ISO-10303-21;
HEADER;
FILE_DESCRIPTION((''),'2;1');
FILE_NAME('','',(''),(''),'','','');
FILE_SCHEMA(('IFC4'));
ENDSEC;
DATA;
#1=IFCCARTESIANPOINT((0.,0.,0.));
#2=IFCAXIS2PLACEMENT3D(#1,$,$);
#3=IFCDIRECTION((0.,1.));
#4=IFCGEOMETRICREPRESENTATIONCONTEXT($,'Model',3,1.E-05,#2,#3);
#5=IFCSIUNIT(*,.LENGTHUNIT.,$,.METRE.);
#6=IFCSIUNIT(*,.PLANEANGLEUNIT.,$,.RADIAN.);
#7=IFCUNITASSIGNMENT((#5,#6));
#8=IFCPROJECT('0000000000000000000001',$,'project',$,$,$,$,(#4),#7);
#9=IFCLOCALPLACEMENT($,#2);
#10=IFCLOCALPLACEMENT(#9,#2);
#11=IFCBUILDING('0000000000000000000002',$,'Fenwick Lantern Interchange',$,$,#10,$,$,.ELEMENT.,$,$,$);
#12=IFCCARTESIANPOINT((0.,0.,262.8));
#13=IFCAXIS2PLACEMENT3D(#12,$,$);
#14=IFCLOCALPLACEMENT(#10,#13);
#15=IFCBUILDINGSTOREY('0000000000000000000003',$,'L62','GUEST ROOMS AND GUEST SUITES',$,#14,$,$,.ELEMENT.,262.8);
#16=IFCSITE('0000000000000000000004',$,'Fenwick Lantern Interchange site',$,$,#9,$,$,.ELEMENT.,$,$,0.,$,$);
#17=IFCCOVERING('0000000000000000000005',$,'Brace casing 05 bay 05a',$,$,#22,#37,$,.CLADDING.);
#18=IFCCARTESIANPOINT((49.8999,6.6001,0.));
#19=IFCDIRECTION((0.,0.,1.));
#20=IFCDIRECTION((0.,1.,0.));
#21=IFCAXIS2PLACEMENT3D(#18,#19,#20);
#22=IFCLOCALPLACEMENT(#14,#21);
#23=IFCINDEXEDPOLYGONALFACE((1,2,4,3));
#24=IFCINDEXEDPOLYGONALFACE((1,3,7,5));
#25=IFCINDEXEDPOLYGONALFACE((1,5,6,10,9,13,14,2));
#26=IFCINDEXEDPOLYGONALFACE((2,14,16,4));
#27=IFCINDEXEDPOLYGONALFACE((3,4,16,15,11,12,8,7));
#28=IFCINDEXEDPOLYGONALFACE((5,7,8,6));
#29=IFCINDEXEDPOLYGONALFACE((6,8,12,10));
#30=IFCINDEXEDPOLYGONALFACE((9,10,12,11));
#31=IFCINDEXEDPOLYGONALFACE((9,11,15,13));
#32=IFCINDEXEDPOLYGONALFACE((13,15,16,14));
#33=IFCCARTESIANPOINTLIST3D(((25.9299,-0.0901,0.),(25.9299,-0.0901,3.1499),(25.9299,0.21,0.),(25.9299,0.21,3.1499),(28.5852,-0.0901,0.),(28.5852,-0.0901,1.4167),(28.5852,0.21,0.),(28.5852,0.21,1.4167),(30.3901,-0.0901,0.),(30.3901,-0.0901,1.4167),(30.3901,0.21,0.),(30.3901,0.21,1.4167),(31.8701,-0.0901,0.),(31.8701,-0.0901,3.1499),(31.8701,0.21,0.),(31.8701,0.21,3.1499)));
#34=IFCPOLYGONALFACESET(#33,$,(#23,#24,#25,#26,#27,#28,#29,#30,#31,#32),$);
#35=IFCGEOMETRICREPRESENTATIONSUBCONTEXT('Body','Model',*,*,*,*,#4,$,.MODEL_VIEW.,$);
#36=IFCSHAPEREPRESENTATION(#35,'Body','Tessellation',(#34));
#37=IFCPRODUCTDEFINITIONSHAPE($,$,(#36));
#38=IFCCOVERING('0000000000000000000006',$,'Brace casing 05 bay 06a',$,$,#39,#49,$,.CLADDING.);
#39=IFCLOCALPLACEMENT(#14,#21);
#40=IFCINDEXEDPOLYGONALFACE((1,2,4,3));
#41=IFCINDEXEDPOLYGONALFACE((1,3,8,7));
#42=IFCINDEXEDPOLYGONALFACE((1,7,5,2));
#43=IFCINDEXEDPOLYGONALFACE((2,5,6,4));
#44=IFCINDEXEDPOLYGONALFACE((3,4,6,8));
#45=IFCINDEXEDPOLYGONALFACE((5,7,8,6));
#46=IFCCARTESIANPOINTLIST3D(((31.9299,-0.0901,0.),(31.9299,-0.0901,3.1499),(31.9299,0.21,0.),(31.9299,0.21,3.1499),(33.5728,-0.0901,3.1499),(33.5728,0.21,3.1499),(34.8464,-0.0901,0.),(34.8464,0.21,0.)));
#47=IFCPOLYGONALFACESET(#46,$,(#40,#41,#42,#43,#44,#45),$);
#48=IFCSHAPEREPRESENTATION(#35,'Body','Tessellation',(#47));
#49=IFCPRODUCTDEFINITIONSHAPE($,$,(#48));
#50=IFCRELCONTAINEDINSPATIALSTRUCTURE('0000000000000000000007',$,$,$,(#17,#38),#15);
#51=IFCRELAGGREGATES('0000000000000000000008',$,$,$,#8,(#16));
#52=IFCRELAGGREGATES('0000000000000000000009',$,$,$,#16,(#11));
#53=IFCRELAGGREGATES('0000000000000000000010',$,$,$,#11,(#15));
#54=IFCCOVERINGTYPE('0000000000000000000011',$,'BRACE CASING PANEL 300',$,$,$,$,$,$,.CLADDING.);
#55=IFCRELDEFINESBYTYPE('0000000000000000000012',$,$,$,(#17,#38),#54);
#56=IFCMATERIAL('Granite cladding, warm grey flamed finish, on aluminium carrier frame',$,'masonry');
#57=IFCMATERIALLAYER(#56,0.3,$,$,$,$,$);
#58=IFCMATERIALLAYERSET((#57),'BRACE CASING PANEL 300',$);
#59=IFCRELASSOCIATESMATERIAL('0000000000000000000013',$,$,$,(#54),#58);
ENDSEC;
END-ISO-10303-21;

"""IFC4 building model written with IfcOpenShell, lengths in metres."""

from ifc_helpers import new_model, si_unit, direction, frame, origin, place, context, subcontext, project, spatial, polyline, outline, extrude, material, layer, layer_set, type_object, element, save


model = new_model("IFC4")

# Units and contexts
model_context = context("Model", 3, precision=1e-05, world=origin(), true_north=direction((0.0, 1.0)))
body_context = subcontext(model_context, "Body", "Model", "MODEL_VIEW")
ifc_project = project(units=[si_unit("LENGTHUNIT", "METRE"), si_unit("PLANEANGLEUNIT", "RADIAN")], contexts=[model_context])

# Site, building, storey
site_placement = place(None, origin())
site = spatial("IfcSite", under=ifc_project, at=site_placement, Name="Fenwick Lantern Interchange site", CompositionType="ELEMENT", RefElevation=0.0)
building_placement = place(site_placement, origin())
building = spatial("IfcBuilding", under=site, at=building_placement, Name="Fenwick Lantern Interchange", CompositionType="ELEMENT")
storey_placement = place(building_placement, frame((0.0, 0.0, 262.8)))
storey = spatial("IfcBuildingStorey", under=building, at=storey_placement, Name="L62", Description="GUEST ROOMS AND GUEST SUITES", CompositionType="ELEMENT", Elevation=262.8)

# Coverings
ifc_material_1 = material(Name="Granite cladding, warm grey flamed finish, on aluminium carrier frame", Category="masonry")
ifc_layer_1 = layer(ifc_material_1, 0.3)
ifc_layer_set_1 = layer_set([ifc_layer_1], Name="BRACE CASING PANEL 300")
covering_type = type_object("IfcCoveringType", Name="BRACE CASING PANEL 300", PredefinedType="CLADDING", material=ifc_layer_set_1)
covering_1_placement = place(storey_placement, frame((49.8999, 6.6001, 0.0), z_axis=(0.0, 0.0, 1.0), x_axis=(0.0, 1.0, 0.0)))
element("IfcCovering", 1, at=covering_1_placement, inside=storey, type_object=covering_type, Name="Brace casing 05 bay 05a", PredefinedType="CLADDING", context=body_context, shape_type="SweptSolid", body=[
    extrude(outline(polyline([(25.9299, 0.0), (28.5852, 0.0), (28.5852, 1.4167), (30.3901, 1.4167), (30.3901, 0.0), (31.8701, 0.0), (31.8701, 3.1499), (25.9299, 3.1499), (25.9299, 0.0)])), frame((0.0, 0.21, 0.0), z_axis=(0.0, -1.0, 0.0), x_axis=(1.0, 0.0, 0.0)), (0.0, 0.0, 1.0), 0.3),
])
covering_2_placement = place(storey_placement, frame((49.8999, 6.6001, 0.0), z_axis=(0.0, 0.0, 1.0), x_axis=(0.0, 1.0, 0.0)))
element("IfcCovering", 2, at=covering_2_placement, inside=storey, type_object=covering_type, Name="Brace casing 05 bay 06a", PredefinedType="CLADDING", context=body_context, shape_type="SweptSolid", body=[
    extrude(outline(polyline([(31.9299, 0.0), (34.8464, 0.0), (33.5728, 3.1499), (31.9299, 3.1499), (31.9299, 0.0)])), frame((0.0, 0.21, 0.0), z_axis=(0.0, -1.0, 0.0), x_axis=(1.0, 0.0, 0.0)), (0.0, 0.0, 1.0), 0.3),
])

save(model, "model.ifc")
